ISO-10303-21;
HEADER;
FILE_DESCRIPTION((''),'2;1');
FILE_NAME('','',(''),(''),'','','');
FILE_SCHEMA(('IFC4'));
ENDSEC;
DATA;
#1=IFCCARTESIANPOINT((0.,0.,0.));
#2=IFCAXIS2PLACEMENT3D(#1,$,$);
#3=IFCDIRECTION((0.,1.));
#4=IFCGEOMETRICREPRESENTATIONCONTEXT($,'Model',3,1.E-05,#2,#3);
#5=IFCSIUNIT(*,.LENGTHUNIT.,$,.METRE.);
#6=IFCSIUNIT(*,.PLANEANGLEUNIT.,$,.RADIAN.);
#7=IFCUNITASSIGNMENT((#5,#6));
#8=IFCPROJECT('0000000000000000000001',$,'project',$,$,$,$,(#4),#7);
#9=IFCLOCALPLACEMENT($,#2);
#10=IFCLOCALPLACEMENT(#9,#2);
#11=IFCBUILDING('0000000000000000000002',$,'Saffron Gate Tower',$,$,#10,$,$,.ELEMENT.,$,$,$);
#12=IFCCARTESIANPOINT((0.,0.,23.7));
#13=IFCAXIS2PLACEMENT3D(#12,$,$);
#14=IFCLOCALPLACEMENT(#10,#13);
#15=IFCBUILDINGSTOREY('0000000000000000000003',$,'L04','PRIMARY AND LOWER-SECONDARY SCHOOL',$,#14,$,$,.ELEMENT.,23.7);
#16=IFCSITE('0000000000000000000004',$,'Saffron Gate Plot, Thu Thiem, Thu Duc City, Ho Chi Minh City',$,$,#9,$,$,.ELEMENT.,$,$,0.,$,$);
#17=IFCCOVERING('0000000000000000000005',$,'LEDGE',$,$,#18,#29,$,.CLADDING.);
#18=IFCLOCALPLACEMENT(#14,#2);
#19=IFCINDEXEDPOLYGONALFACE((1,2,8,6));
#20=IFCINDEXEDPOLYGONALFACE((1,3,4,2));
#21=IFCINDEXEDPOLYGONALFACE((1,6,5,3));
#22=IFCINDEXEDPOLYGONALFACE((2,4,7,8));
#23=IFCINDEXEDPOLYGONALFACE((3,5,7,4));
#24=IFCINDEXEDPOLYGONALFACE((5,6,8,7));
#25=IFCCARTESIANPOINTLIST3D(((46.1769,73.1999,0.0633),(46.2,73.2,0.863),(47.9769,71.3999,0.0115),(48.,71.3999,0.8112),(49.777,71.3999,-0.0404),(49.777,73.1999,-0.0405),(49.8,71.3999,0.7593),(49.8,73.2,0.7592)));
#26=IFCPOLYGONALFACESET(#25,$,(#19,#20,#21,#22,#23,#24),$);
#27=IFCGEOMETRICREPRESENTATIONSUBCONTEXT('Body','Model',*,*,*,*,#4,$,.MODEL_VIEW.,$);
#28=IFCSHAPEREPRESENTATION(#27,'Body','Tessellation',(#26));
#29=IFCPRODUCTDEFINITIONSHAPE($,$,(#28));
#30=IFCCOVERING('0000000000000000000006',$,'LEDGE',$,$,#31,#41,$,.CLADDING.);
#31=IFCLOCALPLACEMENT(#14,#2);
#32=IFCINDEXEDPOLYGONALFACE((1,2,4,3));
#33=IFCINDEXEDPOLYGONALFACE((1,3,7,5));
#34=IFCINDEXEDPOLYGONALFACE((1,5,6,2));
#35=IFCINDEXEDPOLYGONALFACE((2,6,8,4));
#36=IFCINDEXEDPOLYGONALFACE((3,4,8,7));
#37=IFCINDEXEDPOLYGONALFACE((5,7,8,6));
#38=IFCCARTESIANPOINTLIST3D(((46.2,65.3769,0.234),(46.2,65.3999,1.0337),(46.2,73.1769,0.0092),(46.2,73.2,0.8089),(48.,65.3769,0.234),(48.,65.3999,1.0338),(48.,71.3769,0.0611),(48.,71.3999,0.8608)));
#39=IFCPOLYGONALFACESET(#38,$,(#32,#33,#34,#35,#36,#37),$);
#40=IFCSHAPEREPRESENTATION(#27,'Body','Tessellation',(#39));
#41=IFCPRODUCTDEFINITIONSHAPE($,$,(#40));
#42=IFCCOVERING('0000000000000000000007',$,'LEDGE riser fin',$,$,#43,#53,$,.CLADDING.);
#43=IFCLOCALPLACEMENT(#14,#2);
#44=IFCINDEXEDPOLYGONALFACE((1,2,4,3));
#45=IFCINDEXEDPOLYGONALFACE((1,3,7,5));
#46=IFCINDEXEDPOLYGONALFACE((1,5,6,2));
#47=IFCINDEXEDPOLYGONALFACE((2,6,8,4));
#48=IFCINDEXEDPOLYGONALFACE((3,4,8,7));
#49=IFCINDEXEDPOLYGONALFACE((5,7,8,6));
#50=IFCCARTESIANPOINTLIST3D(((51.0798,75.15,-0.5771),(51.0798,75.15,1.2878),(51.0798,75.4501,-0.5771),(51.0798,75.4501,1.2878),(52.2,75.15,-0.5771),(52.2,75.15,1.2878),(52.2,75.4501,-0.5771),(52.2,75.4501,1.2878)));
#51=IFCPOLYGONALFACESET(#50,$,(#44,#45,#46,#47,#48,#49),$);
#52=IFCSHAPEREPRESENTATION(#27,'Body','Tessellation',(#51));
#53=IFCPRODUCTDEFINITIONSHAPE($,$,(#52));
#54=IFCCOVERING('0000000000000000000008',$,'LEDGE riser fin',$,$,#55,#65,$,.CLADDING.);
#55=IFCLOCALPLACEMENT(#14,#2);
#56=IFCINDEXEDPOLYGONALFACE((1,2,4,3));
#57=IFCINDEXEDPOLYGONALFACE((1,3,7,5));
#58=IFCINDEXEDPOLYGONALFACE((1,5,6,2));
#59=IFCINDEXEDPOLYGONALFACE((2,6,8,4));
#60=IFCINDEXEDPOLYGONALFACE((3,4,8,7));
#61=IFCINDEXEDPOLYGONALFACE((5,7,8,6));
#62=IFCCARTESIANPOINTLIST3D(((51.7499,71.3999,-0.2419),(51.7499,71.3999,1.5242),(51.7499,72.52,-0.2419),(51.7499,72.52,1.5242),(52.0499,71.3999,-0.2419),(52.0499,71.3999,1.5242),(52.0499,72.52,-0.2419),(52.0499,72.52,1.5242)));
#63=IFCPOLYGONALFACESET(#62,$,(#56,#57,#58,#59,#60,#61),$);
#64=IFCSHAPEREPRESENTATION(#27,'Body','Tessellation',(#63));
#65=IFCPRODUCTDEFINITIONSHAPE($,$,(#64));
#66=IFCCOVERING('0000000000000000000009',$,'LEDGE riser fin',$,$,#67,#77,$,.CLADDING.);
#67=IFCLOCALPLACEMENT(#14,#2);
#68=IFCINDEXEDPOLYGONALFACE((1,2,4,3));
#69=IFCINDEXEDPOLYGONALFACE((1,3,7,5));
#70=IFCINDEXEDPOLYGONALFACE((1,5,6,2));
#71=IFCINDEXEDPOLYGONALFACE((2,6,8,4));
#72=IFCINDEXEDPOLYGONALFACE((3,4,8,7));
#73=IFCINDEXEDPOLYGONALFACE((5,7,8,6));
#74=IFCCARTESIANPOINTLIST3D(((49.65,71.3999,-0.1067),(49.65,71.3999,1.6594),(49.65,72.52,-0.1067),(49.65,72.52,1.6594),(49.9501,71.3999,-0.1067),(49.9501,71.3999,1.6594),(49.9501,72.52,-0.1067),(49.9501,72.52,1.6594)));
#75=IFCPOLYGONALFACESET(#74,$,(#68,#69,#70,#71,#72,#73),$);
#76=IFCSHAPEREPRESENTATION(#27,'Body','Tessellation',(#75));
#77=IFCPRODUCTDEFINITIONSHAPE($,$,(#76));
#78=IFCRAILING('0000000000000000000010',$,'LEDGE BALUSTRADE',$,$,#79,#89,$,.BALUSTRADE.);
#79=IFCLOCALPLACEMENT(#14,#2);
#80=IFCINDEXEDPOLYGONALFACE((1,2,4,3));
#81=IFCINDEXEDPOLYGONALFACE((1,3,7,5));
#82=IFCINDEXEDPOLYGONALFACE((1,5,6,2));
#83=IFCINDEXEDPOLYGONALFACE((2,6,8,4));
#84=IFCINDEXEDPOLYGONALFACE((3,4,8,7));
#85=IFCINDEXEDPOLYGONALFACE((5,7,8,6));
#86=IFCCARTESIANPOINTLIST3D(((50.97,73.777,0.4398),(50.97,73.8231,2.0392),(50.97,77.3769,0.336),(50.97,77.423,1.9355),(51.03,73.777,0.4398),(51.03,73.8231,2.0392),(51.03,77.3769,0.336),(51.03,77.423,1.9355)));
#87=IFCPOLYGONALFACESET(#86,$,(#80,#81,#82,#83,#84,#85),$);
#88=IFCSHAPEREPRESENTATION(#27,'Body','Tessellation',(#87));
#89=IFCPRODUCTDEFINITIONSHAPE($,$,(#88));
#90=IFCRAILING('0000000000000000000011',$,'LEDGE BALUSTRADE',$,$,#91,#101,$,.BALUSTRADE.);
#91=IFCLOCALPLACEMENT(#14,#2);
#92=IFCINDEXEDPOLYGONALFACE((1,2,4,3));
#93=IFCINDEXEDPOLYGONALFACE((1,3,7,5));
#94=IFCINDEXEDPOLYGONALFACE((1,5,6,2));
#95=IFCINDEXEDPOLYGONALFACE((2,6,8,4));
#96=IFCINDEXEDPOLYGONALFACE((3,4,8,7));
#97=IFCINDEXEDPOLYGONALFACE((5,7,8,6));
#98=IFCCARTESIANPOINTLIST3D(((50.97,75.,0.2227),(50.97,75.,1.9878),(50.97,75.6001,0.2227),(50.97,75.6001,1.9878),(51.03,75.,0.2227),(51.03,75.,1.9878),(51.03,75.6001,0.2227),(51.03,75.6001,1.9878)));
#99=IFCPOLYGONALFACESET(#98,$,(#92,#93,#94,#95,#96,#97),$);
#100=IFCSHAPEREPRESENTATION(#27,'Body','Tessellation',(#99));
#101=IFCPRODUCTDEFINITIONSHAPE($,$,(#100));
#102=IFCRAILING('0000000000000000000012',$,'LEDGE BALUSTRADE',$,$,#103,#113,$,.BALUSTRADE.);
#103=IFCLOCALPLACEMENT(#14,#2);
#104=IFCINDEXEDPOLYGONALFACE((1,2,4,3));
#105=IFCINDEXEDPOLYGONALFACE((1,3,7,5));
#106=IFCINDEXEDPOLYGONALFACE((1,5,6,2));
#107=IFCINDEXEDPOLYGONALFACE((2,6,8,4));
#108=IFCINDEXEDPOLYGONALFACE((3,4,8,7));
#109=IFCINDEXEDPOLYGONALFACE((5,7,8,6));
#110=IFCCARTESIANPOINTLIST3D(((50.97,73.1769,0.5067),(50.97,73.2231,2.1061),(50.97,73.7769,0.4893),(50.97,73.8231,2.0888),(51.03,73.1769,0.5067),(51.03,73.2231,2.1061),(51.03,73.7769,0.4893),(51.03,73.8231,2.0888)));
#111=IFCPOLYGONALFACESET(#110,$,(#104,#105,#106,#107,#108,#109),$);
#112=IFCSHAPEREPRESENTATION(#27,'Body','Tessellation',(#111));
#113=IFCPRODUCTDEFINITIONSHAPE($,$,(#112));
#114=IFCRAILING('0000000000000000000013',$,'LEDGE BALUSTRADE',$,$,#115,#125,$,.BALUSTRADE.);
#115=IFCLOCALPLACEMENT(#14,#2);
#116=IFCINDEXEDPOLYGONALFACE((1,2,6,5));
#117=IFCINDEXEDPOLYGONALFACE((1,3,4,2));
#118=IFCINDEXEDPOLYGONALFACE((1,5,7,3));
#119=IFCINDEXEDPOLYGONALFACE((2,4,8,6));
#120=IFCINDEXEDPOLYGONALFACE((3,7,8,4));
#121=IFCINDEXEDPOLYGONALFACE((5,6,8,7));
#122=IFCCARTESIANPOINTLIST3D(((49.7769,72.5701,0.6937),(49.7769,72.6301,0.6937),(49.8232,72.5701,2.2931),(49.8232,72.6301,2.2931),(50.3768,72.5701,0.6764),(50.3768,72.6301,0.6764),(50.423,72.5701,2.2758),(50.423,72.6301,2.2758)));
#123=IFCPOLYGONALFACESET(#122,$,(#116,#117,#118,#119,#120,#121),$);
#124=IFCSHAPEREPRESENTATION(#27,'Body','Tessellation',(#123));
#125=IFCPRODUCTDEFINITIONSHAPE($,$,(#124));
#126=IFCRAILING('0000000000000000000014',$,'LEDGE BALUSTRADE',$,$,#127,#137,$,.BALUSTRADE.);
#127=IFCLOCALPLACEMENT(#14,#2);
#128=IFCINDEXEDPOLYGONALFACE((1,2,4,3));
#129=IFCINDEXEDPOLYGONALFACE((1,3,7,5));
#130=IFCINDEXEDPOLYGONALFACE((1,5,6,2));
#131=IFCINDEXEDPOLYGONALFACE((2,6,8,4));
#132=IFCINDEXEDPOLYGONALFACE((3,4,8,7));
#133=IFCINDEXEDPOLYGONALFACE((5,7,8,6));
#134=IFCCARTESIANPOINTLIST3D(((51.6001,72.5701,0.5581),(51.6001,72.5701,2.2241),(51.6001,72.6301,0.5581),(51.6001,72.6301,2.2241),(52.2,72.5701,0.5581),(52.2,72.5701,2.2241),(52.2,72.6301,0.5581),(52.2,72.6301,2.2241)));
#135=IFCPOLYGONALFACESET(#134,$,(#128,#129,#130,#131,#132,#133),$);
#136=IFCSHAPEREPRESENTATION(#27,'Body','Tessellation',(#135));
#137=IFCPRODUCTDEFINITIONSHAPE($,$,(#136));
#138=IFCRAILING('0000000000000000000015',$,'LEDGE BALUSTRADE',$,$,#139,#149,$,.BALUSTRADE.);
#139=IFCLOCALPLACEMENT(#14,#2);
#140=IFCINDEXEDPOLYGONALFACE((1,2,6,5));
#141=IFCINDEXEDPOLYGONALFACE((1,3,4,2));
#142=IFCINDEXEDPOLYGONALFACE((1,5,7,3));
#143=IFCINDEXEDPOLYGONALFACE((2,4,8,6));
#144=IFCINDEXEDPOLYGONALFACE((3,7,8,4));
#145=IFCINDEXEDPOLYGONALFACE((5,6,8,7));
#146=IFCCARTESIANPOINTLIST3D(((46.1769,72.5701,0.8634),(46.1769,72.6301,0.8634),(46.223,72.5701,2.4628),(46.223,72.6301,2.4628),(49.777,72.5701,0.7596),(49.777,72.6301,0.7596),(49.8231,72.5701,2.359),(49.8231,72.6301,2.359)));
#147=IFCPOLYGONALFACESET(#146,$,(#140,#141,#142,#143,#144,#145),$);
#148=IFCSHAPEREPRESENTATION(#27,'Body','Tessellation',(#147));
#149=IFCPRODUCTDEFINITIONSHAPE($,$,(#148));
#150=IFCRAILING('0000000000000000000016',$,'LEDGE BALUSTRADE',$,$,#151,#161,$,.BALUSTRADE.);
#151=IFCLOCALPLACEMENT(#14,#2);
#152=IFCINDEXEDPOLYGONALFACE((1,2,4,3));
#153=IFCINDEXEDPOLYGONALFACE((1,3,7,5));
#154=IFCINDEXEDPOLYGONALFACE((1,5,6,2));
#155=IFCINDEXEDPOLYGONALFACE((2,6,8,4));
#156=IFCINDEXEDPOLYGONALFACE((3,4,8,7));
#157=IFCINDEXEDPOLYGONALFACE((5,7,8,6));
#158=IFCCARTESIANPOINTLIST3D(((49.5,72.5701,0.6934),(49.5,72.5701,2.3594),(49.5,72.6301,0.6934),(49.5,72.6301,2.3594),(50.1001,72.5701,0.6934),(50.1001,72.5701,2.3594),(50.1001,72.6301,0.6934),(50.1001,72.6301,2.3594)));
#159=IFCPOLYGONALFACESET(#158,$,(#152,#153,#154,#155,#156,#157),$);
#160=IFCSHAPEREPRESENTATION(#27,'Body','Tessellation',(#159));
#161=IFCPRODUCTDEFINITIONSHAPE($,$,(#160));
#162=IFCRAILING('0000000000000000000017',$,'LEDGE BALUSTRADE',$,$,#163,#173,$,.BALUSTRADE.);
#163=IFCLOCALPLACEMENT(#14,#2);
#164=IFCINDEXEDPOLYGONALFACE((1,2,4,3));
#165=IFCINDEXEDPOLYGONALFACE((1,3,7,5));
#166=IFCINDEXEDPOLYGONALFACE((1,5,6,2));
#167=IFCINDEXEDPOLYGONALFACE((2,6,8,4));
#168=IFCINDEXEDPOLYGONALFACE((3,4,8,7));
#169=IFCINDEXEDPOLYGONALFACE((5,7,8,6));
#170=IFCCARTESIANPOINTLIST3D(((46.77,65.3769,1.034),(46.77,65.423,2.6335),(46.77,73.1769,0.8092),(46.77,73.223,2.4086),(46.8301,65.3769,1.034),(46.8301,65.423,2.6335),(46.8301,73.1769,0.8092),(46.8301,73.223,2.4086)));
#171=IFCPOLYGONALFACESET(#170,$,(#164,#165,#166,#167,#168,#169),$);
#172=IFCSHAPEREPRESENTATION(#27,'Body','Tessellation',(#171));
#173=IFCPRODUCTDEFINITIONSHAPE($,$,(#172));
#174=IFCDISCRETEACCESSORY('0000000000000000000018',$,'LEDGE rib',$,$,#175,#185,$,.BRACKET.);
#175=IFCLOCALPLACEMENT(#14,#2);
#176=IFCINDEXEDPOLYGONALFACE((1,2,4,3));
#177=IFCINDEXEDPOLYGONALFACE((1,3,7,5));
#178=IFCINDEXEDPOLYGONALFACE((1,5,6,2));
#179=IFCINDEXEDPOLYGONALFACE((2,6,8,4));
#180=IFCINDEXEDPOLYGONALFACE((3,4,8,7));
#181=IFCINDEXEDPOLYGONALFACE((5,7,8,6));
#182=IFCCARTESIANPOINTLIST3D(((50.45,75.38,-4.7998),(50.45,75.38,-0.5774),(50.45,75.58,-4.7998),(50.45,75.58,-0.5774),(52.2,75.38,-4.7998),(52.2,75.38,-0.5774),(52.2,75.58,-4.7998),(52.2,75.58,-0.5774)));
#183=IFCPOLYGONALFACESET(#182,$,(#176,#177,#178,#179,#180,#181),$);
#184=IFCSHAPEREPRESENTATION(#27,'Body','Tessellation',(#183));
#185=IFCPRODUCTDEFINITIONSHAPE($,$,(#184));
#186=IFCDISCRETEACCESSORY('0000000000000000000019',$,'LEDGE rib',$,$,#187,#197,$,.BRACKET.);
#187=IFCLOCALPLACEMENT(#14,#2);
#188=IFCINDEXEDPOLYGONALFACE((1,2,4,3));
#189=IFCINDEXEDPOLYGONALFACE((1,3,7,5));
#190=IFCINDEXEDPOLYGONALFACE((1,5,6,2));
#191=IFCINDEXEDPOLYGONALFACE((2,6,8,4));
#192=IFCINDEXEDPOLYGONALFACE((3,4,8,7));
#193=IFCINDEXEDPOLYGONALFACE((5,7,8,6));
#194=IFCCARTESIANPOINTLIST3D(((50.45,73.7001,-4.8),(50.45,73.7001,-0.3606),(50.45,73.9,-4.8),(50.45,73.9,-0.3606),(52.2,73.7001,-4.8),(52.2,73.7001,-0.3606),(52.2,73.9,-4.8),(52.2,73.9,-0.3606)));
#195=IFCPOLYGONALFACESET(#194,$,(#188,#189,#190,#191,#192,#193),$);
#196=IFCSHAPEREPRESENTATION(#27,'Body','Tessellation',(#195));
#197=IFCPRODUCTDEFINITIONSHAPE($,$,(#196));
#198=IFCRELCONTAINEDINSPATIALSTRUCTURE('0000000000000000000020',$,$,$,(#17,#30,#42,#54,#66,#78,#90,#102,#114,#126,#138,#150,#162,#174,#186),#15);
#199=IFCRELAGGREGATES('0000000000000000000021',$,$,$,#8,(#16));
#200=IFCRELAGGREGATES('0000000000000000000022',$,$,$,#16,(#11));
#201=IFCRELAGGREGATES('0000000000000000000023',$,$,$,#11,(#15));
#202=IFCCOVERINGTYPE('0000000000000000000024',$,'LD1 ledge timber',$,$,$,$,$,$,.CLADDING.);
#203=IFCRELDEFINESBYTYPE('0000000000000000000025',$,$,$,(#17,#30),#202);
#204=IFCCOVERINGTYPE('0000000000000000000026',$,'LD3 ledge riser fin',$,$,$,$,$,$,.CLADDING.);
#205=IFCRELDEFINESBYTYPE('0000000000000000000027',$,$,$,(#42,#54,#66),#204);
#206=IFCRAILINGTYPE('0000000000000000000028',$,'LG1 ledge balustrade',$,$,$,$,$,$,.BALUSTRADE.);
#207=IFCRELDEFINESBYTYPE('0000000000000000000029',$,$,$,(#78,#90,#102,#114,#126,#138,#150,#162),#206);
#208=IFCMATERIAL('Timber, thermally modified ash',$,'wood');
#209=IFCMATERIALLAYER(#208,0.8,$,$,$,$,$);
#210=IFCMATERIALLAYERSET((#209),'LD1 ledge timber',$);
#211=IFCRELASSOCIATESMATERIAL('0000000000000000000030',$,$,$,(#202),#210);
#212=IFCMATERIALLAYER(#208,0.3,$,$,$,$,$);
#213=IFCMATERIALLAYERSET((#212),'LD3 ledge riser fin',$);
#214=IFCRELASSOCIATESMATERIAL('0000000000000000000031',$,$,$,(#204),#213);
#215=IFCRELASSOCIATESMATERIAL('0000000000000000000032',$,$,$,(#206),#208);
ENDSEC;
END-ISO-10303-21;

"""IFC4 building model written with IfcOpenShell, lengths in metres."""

from ifc_helpers import new_model, si_unit, direction, frame, origin, origin_2d, place, context, subcontext, project, spatial, polyline, rectangle, outline, extrude, material, layer, layer_set, type_object, element, save


model = new_model("IFC4")

# Units and contexts
model_context = context("Model", 3, precision=1e-05, world=origin(), true_north=direction((0.0, 1.0)))
body_context = subcontext(model_context, "Body", "Model", "MODEL_VIEW")
ifc_project = project(units=[si_unit("LENGTHUNIT", "METRE"), si_unit("PLANEANGLEUNIT", "RADIAN")], contexts=[model_context])

# Site, building, storey
site_placement = place(None, origin())
site = spatial("IfcSite", under=ifc_project, at=site_placement, Name="Saffron Gate Plot, Thu Thiem, Thu Duc City, Ho Chi Minh City", CompositionType="ELEMENT", RefElevation=0.0)
building_placement = place(site_placement, origin())
building = spatial("IfcBuilding", under=site, at=building_placement, Name="Saffron Gate Tower", CompositionType="ELEMENT")
storey_placement = place(building_placement, frame((0.0, 0.0, 23.7)))
storey = spatial("IfcBuildingStorey", under=building, at=storey_placement, Name="L04", Description="PRIMARY AND LOWER-SECONDARY SCHOOL", CompositionType="ELEMENT", Elevation=23.7)

# Coverings
ifc_material_1 = material(Name="Timber, thermally modified ash", Category="wood")
ifc_layer_1 = layer(ifc_material_1, 0.8)
ifc_layer_set_1 = layer_set([ifc_layer_1], Name="LD1 ledge timber")
covering_type_1 = type_object("IfcCoveringType", Name="LD1 ledge timber", PredefinedType="CLADDING", material=ifc_layer_set_1)
covering_1_placement = place(storey_placement, frame((49.8, 71.3999, 0.7593), z_axis=(0.028832, 0.000045, 0.999584), x_axis=(-0.999584, 0.0, 0.028832)))
element("IfcCovering", 1, at=covering_1_placement, inside=storey, type_object=covering_type_1, Name="LEDGE", PredefinedType="CLADDING", context=body_context, shape_type="SweptSolid", body=[
    extrude(outline(polyline([(0.0, 0.0), (1.8008, 0.0), (3.6016, -1.8), (0.0, -1.8), (0.0, 0.0)])), origin(), (0.0, 0.0, -1.0), 0.8),
])
covering_2_placement = place(storey_placement, frame((48.0, 71.3999, 0.8608), z_axis=(-0.000035, 0.028807, 0.999585), x_axis=(0.0, -0.999585, 0.028807)))
element("IfcCovering", 2, at=covering_2_placement, inside=storey, type_object=covering_type_1, Name="LEDGE", PredefinedType="CLADDING", context=body_context, shape_type="SweptSolid", body=[
    extrude(outline(polyline([(0.0, 0.0), (6.0025, 0.0), (6.0025, -1.8), (-1.8008, -1.8), (0.0, 0.0)])), origin(), (0.0, 0.0, -1.0), 0.8),
])
ifc_layer_2 = layer(ifc_material_1, 0.3)
ifc_layer_set_2 = layer_set([ifc_layer_2], Name="LD3 ledge riser fin")
covering_type_2 = type_object("IfcCoveringType", Name="LD3 ledge riser fin", PredefinedType="CLADDING", material=ifc_layer_set_2)
covering_3_placement = place(storey_placement, frame((51.6399, 75.3, -0.5771), z_axis=(0.0, 0.0, 1.0), x_axis=(0.0, -1.0, 0.0)))
element("IfcCovering", 3, at=covering_3_placement, inside=storey, type_object=covering_type_2, Name="LEDGE riser fin", PredefinedType="CLADDING", context=body_context, shape_type="SweptSolid", body=[
    extrude(rectangle(XDim=0.3, YDim=1.1201, at=origin_2d()), origin(), (0.0, 0.0, 1.0), 1.865),
])
for number, where, z_axis, x_axis, name in (
    (4, (51.8999, 71.96, -0.2419), (0.0, 0.0, 1.0), (-1.0, 0.0, 0.0), "LEDGE riser fin"),
    (5, (49.8, 71.96, -0.1067), (0.0, 0.0, 1.0), (-1.0, 0.0, 0.0), "LEDGE riser fin"),
):
    element("IfcCovering", number, at=place(storey_placement, frame(where, z_axis=z_axis, x_axis=x_axis)), inside=storey, type_object=covering_type_2, Name=name, PredefinedType="CLADDING", context=body_context, shape_type="SweptSolid", body=[
        extrude(rectangle(XDim=0.3, YDim=1.1201, at=origin_2d()), origin(), (0.0, 0.0, 1.0), 1.7661),
    ])

# Railings
railing_type = type_object("IfcRailingType", Name="LG1 ledge balustrade", PredefinedType="BALUSTRADE", material=ifc_material_1)
railing_1_placement = place(storey_placement, frame((51.0, 77.3999, 0.3357)))
element("IfcRailing", 6, at=railing_1_placement, inside=storey, type_object=railing_type, Name="LEDGE BALUSTRADE", PredefinedType="BALUSTRADE", context=body_context, shape_type="SweptSolid", body=[
    extrude(rectangle(XDim=0.0601, YDim=1.6001, at=origin_2d()), frame((0.0, 0.0, 0.8), z_axis=(0.0, -0.999585, 0.028811), x_axis=(1.0, 0.0, 0.0)), (0.0, 0.0, 1.0), 3.6013),
])
railing_2_placement = place(storey_placement, frame((51.0, 75.6001, 0.2227)))
element("IfcRailing", 7, at=railing_2_placement, inside=storey, type_object=railing_type, Name="LEDGE BALUSTRADE", PredefinedType="BALUSTRADE", context=body_context, shape_type="SweptSolid", body=[
    extrude(rectangle(XDim=0.0601, YDim=1.7651, at=origin_2d()), frame((0.0, 0.0, 0.8826), z_axis=(0.0, -1.0, 0.0), x_axis=(1.0, 0.0, 0.0)), (0.0, 0.0, 1.0), 0.6001),
])
railing_3_placement = place(storey_placement, frame((51.0, 73.8, 0.489)))
element("IfcRailing", 8, at=railing_3_placement, inside=storey, type_object=railing_type, Name="LEDGE BALUSTRADE", PredefinedType="BALUSTRADE", context=body_context, shape_type="SweptSolid", body=[
    extrude(rectangle(XDim=0.0601, YDim=1.6001, at=origin_2d()), frame((0.0, 0.0, 0.8), z_axis=(0.0, -0.999583, 0.028873), x_axis=(1.0, 0.0, 0.0)), (0.0, 0.0, 1.0), 0.6003),
])
railing_4_placement = place(storey_placement, frame((50.3999, 72.6001, 0.676)))
element("IfcRailing", 9, at=railing_4_placement, inside=storey, type_object=railing_type, Name="LEDGE BALUSTRADE", PredefinedType="BALUSTRADE", context=body_context, shape_type="SweptSolid", body=[
    extrude(rectangle(XDim=0.0601, YDim=1.6001, at=origin_2d()), frame((0.0, 0.0, 0.8), z_axis=(-0.999583, 0.0, 0.028885), x_axis=(0.0, -1.0, 0.0)), (0.0, 0.0, 1.0), 0.6001),
])
railing_5_placement = place(storey_placement, frame((52.2, 72.6001, 0.5581)))
element("IfcRailing", 10, at=railing_5_placement, inside=storey, type_object=railing_type, Name="LEDGE BALUSTRADE", PredefinedType="BALUSTRADE", context=body_context, shape_type="SweptSolid", body=[
    extrude(rectangle(XDim=0.0601, YDim=1.666, at=origin_2d()), frame((0.0, 0.0, 0.833), z_axis=(-1.0, 0.0, 0.0), x_axis=(0.0, -1.0, 0.0)), (0.0, 0.0, 1.0), 0.5999),
])
railing_6_placement = place(storey_placement, frame((49.8, 72.6001, 0.7593)))
element("IfcRailing", 11, at=railing_6_placement, inside=storey, type_object=railing_type, Name="LEDGE BALUSTRADE", PredefinedType="BALUSTRADE", context=body_context, shape_type="SweptSolid", body=[
    extrude(rectangle(XDim=0.0601, YDim=1.6001, at=origin_2d()), frame((0.0, 0.0, 0.8), z_axis=(-0.999585, 0.0, 0.028809), x_axis=(0.0, -1.0, 0.0)), (0.0, 0.0, 1.0), 3.6016),
])
railing_7_placement = place(storey_placement, frame((50.1001, 72.6001, 0.6934)))
element("IfcRailing", 12, at=railing_7_placement, inside=storey, type_object=railing_type, Name="LEDGE BALUSTRADE", PredefinedType="BALUSTRADE", context=body_context, shape_type="SweptSolid", body=[
    extrude(rectangle(XDim=0.0601, YDim=1.666, at=origin_2d()), frame((0.0, 0.0, 0.833), z_axis=(-1.0, 0.0, 0.0), x_axis=(0.0, -1.0, 0.0)), (0.0, 0.0, 1.0), 0.6001),
])
railing_8_placement = place(storey_placement, frame((46.8, 73.2, 0.8088)))
element("IfcRailing", 13, at=railing_8_placement, inside=storey, type_object=railing_type, Name="LEDGE BALUSTRADE", PredefinedType="BALUSTRADE", context=body_context, shape_type="SweptSolid", body=[
    extrude(rectangle(XDim=0.0601, YDim=1.6001, at=origin_2d()), frame((0.0, 0.0, 0.8), z_axis=(0.0, -0.999585, 0.028815), x_axis=(1.0, 0.0, 0.0)), (0.0, 0.0, 1.0), 7.8032),
])

# Discrete accessories
discrete_accessory_1_placement = place(storey_placement, frame((51.325, 75.48, -4.7998), z_axis=(0.0, 0.0, 1.0), x_axis=(0.0, -1.0, 0.0)))
element("IfcDiscreteAccessory", 14, at=discrete_accessory_1_placement, inside=storey, Name="LEDGE rib", PredefinedType="BRACKET", context=body_context, shape_type="SweptSolid", body=[
    extrude(rectangle(XDim=0.2, YDim=1.75, at=origin_2d()), origin(), (0.0, 0.0, 1.0), 4.2224),
])
discrete_accessory_2_placement = place(storey_placement, frame((51.325, 73.8, -4.8), z_axis=(0.0, 0.0, 1.0), x_axis=(0.0, -1.0, 0.0)))
element("IfcDiscreteAccessory", 15, at=discrete_accessory_2_placement, inside=storey, Name="LEDGE rib", PredefinedType="BRACKET", context=body_context, shape_type="SweptSolid", body=[
    extrude(rectangle(XDim=0.2, YDim=1.75, at=origin_2d()), origin(), (0.0, 0.0, 1.0), 4.4395),
])

save(model, "model.ifc")
